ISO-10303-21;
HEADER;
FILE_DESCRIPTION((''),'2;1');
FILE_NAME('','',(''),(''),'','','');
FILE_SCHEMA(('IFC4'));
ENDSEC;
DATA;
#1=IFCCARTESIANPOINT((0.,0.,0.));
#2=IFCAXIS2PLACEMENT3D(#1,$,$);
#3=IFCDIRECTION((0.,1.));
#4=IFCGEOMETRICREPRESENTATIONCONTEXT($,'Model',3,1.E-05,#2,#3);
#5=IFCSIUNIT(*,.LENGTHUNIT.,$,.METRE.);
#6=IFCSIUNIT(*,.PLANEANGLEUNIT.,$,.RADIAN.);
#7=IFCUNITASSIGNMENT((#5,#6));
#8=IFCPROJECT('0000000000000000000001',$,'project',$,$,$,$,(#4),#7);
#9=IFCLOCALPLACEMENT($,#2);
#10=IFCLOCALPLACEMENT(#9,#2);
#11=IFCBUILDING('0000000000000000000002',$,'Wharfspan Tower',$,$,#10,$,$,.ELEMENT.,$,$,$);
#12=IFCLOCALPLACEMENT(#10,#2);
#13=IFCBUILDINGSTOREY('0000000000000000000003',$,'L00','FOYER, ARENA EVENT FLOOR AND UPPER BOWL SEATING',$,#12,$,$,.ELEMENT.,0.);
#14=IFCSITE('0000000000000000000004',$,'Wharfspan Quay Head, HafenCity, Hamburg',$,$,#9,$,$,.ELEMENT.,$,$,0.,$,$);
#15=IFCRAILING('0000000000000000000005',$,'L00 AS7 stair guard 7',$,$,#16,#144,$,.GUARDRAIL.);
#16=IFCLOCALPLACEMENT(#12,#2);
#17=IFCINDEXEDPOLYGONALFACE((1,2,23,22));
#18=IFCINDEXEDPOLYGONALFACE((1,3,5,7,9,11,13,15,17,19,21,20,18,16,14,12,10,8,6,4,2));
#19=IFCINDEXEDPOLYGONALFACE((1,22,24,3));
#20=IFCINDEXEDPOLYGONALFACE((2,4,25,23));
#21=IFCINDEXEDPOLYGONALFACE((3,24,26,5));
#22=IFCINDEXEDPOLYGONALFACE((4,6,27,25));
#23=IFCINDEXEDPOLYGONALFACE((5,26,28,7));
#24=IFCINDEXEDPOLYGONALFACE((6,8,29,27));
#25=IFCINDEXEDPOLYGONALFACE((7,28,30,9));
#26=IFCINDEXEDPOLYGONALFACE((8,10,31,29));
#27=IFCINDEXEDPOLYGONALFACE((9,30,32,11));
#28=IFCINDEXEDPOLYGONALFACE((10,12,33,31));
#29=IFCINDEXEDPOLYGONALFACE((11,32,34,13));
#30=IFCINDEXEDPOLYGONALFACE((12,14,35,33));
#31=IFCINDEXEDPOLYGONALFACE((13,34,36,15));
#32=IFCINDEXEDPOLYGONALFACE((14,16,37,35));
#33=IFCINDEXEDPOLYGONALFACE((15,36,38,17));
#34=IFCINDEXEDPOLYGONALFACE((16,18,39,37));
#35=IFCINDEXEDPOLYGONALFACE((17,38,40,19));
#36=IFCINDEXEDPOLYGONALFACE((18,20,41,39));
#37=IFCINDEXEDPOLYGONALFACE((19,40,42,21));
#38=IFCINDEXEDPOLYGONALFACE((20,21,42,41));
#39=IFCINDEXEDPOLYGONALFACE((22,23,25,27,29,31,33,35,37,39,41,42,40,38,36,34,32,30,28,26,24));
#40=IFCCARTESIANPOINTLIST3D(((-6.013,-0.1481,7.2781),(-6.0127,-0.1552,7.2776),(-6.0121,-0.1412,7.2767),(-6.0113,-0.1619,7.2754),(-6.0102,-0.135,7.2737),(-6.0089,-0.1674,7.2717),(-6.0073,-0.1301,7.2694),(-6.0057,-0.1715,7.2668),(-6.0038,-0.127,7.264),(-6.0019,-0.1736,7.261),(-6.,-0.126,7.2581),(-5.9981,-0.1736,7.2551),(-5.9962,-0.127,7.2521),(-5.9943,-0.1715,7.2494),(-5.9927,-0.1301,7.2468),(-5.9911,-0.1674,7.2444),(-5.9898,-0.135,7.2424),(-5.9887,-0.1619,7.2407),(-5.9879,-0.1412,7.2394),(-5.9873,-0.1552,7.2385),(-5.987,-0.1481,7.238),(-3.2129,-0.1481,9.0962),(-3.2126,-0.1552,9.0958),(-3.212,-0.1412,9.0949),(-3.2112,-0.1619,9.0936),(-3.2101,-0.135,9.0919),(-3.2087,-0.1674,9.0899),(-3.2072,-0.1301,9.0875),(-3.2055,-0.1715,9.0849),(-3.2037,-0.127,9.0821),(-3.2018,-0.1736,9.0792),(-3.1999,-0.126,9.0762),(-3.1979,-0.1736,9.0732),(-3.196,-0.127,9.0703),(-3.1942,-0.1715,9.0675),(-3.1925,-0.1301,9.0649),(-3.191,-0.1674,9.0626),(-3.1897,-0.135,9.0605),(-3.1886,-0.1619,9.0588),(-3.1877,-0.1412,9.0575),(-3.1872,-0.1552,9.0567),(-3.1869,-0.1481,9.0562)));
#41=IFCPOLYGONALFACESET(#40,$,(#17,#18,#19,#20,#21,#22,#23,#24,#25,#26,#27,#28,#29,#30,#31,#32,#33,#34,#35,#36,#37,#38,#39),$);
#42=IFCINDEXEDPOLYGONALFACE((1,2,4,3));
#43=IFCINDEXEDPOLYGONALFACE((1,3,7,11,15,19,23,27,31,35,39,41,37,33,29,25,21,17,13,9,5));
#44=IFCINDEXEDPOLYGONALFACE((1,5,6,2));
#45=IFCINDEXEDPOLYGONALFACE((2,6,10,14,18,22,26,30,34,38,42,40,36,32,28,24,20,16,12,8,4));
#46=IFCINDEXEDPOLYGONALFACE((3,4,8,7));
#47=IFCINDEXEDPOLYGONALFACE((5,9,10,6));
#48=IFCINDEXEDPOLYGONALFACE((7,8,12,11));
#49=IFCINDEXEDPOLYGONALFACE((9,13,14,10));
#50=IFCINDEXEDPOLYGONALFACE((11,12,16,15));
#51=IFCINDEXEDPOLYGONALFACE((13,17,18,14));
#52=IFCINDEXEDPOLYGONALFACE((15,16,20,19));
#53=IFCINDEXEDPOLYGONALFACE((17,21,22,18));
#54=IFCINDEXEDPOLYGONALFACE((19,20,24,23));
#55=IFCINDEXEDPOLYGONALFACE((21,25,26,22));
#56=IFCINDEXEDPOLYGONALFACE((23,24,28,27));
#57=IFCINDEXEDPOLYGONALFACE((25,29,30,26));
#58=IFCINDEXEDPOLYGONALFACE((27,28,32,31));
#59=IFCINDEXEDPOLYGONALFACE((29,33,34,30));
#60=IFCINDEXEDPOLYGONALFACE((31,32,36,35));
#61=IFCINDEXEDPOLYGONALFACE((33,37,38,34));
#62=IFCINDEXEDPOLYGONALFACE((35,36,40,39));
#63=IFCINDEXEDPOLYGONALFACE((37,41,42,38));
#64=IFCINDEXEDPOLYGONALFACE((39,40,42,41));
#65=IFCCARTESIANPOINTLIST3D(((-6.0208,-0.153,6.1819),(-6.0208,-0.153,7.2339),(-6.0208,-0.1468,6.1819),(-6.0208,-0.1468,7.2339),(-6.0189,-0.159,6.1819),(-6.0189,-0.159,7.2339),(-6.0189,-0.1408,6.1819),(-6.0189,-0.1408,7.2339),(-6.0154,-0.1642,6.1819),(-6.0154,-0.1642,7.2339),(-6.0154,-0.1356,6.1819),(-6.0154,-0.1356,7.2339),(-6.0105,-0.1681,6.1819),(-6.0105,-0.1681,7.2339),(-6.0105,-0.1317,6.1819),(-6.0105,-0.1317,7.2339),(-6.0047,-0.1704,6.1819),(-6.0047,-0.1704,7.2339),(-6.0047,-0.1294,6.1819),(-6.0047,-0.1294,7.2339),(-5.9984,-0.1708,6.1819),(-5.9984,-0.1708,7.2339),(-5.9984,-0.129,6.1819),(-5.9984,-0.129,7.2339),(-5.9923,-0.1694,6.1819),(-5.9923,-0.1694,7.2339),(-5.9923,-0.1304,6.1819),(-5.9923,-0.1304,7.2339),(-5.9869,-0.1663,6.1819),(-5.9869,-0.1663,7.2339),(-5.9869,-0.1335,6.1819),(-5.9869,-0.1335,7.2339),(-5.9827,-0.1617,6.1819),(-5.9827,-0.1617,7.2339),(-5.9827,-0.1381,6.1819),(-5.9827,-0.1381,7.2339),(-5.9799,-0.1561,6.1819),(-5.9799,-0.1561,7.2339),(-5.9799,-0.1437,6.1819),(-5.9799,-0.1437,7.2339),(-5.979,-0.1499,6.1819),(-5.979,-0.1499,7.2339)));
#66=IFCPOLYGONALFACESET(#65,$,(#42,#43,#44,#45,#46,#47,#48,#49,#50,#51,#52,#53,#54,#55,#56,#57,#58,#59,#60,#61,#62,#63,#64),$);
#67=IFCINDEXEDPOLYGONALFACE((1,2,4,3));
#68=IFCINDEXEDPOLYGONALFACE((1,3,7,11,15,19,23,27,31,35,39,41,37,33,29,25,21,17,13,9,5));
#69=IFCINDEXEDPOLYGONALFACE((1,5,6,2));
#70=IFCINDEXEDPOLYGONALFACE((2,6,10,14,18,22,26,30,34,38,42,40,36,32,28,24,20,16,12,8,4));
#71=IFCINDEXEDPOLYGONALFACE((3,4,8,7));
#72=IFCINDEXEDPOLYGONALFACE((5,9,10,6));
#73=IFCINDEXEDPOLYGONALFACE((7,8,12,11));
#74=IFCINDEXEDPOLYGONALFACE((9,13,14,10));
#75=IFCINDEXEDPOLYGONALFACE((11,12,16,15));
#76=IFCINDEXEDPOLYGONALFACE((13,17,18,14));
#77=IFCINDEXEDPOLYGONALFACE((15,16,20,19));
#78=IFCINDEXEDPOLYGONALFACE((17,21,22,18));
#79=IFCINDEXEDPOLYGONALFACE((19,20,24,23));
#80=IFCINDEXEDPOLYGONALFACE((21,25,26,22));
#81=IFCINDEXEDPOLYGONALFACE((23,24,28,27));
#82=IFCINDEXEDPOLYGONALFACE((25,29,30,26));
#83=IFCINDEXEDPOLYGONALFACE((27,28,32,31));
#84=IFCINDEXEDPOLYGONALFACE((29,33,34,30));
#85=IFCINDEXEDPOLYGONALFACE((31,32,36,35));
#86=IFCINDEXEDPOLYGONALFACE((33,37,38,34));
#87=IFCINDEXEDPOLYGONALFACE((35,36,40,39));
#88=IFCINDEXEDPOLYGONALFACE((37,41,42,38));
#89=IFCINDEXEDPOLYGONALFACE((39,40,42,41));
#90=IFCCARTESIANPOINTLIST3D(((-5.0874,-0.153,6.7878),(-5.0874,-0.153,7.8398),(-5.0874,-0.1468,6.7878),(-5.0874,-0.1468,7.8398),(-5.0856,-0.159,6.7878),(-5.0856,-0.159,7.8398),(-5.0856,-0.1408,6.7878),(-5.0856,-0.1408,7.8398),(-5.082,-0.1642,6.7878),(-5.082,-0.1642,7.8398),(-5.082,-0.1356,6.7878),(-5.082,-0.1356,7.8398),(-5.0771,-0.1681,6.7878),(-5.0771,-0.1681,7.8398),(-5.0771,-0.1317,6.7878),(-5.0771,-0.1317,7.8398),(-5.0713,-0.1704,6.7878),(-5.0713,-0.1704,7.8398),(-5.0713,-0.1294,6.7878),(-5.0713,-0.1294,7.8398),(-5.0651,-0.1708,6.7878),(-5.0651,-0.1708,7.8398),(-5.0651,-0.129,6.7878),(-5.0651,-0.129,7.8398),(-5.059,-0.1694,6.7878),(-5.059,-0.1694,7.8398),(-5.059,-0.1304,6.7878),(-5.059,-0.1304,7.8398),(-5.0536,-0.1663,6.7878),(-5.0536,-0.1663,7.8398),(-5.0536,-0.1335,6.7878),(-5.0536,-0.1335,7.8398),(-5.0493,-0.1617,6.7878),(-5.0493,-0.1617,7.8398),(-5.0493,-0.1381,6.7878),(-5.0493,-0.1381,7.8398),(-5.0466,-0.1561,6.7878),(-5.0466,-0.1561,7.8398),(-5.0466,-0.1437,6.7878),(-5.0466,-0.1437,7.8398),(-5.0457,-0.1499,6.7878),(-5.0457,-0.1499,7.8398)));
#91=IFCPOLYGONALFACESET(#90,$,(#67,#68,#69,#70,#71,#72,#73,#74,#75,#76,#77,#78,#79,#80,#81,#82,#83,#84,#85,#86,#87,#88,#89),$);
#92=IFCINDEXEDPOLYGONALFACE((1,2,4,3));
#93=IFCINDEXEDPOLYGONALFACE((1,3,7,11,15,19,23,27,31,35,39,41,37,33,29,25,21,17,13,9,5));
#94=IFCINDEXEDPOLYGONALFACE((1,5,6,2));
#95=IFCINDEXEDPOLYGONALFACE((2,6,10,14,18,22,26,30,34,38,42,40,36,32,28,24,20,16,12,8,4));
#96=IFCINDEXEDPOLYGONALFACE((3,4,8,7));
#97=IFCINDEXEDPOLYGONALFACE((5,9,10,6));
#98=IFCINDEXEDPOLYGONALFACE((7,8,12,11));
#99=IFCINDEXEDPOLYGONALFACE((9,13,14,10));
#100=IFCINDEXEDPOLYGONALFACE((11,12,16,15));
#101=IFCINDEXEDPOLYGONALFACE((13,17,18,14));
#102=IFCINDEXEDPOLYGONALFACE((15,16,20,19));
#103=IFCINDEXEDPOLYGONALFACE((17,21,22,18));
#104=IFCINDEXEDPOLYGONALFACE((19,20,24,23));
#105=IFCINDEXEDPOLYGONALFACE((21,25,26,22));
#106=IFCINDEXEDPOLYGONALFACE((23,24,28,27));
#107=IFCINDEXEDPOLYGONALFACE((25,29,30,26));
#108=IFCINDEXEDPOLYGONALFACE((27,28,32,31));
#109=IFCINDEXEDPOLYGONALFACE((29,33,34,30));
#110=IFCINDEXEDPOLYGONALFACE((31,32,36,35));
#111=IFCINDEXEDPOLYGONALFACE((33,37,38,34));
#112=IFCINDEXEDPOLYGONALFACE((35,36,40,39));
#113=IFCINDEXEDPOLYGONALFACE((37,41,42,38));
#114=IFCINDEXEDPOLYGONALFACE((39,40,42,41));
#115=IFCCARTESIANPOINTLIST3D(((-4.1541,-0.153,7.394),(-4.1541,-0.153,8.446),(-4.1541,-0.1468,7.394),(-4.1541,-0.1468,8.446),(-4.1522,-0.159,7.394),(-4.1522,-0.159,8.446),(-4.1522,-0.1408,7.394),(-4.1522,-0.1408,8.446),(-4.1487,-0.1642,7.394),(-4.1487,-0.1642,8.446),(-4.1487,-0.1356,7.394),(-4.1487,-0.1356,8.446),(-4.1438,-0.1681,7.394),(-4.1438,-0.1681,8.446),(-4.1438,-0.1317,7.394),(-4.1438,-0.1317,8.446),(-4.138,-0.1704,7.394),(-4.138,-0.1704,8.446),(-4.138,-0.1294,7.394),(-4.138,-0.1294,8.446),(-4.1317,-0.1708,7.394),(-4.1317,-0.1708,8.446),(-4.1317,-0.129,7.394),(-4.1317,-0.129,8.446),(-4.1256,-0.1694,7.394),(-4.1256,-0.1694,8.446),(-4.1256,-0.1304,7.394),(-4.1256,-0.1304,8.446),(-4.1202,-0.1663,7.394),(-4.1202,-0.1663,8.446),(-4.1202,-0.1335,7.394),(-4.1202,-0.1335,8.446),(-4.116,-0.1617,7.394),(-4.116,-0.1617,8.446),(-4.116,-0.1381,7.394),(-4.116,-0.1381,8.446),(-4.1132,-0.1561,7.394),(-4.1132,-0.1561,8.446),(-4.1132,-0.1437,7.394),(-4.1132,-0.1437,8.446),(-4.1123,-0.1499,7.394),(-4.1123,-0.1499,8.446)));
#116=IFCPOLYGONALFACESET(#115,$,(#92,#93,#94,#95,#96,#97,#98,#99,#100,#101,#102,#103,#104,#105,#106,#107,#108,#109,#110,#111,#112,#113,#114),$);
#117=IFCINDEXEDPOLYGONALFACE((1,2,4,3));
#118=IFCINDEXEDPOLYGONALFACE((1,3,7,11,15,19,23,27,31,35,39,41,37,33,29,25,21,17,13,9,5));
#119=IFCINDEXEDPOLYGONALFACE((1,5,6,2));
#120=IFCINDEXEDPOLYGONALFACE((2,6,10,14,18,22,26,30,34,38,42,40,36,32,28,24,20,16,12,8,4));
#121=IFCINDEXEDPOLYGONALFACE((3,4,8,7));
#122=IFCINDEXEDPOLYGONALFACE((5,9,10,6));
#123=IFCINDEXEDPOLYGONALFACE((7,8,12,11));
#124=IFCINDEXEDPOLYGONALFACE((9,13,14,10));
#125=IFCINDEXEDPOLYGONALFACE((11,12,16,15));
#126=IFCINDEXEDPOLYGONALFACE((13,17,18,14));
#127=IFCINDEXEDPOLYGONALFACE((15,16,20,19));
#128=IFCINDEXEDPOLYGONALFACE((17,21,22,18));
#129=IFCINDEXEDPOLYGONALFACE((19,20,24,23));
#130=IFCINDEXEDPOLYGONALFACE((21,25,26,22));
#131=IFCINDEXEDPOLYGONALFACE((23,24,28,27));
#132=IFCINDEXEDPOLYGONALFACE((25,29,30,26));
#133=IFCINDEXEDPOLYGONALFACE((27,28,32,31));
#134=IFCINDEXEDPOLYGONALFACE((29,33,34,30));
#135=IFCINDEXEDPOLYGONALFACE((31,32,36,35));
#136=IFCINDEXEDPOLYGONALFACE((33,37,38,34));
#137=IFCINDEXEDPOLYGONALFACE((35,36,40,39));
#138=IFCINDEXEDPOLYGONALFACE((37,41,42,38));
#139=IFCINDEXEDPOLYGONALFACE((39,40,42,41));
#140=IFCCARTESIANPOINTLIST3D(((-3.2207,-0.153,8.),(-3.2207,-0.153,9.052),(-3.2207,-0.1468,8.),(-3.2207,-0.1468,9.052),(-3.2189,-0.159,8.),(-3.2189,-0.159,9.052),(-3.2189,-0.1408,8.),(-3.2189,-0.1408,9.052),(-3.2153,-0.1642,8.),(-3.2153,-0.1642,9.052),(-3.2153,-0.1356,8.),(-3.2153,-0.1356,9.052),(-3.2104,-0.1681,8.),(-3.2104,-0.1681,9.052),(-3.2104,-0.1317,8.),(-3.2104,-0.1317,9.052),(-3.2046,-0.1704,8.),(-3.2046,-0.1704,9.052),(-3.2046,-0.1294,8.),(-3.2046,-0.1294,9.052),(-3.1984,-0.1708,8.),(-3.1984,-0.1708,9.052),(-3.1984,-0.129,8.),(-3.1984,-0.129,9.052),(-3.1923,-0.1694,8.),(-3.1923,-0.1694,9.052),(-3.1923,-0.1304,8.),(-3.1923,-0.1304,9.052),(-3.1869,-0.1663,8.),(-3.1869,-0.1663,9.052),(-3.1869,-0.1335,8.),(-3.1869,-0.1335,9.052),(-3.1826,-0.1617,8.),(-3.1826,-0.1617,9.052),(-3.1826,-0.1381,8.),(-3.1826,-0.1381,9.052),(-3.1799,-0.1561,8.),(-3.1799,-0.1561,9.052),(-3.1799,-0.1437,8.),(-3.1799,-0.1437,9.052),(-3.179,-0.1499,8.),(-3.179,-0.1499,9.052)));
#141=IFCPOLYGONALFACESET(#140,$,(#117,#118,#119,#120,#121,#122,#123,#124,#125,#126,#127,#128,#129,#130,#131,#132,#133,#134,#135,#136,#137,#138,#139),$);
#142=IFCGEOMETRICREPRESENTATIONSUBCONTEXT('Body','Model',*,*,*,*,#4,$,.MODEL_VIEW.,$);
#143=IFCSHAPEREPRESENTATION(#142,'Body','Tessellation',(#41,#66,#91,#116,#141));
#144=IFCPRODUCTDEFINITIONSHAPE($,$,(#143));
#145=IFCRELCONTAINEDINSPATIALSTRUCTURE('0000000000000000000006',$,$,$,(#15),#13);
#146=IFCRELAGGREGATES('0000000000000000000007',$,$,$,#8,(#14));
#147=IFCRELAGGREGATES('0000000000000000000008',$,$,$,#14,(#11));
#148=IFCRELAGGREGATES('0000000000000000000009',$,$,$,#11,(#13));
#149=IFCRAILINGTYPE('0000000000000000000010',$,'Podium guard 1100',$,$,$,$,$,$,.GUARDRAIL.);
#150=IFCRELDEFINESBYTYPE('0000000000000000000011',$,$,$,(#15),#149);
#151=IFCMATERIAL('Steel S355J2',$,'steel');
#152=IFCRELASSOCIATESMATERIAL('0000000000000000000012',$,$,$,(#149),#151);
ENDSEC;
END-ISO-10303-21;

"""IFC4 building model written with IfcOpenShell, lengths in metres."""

from ifc_helpers import new_model, si_unit, direction, frame, origin, origin_2d, place, context, subcontext, project, spatial, circle, extrude, material, type_object, element, save


model = new_model("IFC4")

# Units and contexts
model_context = context("Model", 3, precision=1e-05, world=origin(), true_north=direction((0.0, 1.0)))
body_context = subcontext(model_context, "Body", "Model", "MODEL_VIEW")
ifc_project = project(units=[si_unit("LENGTHUNIT", "METRE"), si_unit("PLANEANGLEUNIT", "RADIAN")], contexts=[model_context])

# Site, building, storey
site_placement = place(None, origin())
site = spatial("IfcSite", under=ifc_project, at=site_placement, Name="Wharfspan Quay Head, HafenCity, Hamburg", CompositionType="ELEMENT", RefElevation=0.0)
building_placement = place(site_placement, origin())
building = spatial("IfcBuilding", under=site, at=building_placement, Name="Wharfspan Tower", CompositionType="ELEMENT")
storey_placement = place(building_placement, origin())
storey = spatial("IfcBuildingStorey", under=building, at=storey_placement, Name="L00", Description="FOYER, ARENA EVENT FLOOR AND UPPER BOWL SEATING", CompositionType="ELEMENT", Elevation=0.0)

# Shared definitions
ifc_material_1 = material(Name="Steel S355J2", Category="steel")

# Railing
railing_type_1 = type_object("IfcRailingType", Name="Podium guard 1100", PredefinedType="GUARDRAIL", material=ifc_material_1)
for number, where, name in (
    (1, (-6.0, -0.1499, 6.1819), "L00 AS7 stair guard 7"),
):
    element("IfcRailing", number, at=place(storey_placement, frame(where)), inside=storey, type_object=railing_type_1, Name=name, PredefinedType="GUARDRAIL", context=body_context, shape_type="SweptSolid", body=[
        extrude(circle(Radius=0.0239, at=origin_2d()), frame((0.0, 0.0, 1.0762), z_axis=(0.838706, 0.0, 0.544585), x_axis=(0.0, 1.0, 0.0)), (0.0, 0.0, 1.0), 3.3386),
        extrude(circle(Radius=0.021, at=origin_2d()), origin(), (0.0, 0.0, 1.0), 1.052),
        extrude(circle(Radius=0.021, at=origin_2d()), frame((0.9334, 0.0, 0.606)), (0.0, 0.0, 1.0), 1.052),
        extrude(circle(Radius=0.021, at=origin_2d()), frame((1.8667, 0.0, 1.2122)), (0.0, 0.0, 1.0), 1.052),
        extrude(circle(Radius=0.021, at=origin_2d()), frame((2.8, 0.0, 1.8181)), (0.0, 0.0, 1.0), 1.052),
    ])

save(model, "model.ifc")
